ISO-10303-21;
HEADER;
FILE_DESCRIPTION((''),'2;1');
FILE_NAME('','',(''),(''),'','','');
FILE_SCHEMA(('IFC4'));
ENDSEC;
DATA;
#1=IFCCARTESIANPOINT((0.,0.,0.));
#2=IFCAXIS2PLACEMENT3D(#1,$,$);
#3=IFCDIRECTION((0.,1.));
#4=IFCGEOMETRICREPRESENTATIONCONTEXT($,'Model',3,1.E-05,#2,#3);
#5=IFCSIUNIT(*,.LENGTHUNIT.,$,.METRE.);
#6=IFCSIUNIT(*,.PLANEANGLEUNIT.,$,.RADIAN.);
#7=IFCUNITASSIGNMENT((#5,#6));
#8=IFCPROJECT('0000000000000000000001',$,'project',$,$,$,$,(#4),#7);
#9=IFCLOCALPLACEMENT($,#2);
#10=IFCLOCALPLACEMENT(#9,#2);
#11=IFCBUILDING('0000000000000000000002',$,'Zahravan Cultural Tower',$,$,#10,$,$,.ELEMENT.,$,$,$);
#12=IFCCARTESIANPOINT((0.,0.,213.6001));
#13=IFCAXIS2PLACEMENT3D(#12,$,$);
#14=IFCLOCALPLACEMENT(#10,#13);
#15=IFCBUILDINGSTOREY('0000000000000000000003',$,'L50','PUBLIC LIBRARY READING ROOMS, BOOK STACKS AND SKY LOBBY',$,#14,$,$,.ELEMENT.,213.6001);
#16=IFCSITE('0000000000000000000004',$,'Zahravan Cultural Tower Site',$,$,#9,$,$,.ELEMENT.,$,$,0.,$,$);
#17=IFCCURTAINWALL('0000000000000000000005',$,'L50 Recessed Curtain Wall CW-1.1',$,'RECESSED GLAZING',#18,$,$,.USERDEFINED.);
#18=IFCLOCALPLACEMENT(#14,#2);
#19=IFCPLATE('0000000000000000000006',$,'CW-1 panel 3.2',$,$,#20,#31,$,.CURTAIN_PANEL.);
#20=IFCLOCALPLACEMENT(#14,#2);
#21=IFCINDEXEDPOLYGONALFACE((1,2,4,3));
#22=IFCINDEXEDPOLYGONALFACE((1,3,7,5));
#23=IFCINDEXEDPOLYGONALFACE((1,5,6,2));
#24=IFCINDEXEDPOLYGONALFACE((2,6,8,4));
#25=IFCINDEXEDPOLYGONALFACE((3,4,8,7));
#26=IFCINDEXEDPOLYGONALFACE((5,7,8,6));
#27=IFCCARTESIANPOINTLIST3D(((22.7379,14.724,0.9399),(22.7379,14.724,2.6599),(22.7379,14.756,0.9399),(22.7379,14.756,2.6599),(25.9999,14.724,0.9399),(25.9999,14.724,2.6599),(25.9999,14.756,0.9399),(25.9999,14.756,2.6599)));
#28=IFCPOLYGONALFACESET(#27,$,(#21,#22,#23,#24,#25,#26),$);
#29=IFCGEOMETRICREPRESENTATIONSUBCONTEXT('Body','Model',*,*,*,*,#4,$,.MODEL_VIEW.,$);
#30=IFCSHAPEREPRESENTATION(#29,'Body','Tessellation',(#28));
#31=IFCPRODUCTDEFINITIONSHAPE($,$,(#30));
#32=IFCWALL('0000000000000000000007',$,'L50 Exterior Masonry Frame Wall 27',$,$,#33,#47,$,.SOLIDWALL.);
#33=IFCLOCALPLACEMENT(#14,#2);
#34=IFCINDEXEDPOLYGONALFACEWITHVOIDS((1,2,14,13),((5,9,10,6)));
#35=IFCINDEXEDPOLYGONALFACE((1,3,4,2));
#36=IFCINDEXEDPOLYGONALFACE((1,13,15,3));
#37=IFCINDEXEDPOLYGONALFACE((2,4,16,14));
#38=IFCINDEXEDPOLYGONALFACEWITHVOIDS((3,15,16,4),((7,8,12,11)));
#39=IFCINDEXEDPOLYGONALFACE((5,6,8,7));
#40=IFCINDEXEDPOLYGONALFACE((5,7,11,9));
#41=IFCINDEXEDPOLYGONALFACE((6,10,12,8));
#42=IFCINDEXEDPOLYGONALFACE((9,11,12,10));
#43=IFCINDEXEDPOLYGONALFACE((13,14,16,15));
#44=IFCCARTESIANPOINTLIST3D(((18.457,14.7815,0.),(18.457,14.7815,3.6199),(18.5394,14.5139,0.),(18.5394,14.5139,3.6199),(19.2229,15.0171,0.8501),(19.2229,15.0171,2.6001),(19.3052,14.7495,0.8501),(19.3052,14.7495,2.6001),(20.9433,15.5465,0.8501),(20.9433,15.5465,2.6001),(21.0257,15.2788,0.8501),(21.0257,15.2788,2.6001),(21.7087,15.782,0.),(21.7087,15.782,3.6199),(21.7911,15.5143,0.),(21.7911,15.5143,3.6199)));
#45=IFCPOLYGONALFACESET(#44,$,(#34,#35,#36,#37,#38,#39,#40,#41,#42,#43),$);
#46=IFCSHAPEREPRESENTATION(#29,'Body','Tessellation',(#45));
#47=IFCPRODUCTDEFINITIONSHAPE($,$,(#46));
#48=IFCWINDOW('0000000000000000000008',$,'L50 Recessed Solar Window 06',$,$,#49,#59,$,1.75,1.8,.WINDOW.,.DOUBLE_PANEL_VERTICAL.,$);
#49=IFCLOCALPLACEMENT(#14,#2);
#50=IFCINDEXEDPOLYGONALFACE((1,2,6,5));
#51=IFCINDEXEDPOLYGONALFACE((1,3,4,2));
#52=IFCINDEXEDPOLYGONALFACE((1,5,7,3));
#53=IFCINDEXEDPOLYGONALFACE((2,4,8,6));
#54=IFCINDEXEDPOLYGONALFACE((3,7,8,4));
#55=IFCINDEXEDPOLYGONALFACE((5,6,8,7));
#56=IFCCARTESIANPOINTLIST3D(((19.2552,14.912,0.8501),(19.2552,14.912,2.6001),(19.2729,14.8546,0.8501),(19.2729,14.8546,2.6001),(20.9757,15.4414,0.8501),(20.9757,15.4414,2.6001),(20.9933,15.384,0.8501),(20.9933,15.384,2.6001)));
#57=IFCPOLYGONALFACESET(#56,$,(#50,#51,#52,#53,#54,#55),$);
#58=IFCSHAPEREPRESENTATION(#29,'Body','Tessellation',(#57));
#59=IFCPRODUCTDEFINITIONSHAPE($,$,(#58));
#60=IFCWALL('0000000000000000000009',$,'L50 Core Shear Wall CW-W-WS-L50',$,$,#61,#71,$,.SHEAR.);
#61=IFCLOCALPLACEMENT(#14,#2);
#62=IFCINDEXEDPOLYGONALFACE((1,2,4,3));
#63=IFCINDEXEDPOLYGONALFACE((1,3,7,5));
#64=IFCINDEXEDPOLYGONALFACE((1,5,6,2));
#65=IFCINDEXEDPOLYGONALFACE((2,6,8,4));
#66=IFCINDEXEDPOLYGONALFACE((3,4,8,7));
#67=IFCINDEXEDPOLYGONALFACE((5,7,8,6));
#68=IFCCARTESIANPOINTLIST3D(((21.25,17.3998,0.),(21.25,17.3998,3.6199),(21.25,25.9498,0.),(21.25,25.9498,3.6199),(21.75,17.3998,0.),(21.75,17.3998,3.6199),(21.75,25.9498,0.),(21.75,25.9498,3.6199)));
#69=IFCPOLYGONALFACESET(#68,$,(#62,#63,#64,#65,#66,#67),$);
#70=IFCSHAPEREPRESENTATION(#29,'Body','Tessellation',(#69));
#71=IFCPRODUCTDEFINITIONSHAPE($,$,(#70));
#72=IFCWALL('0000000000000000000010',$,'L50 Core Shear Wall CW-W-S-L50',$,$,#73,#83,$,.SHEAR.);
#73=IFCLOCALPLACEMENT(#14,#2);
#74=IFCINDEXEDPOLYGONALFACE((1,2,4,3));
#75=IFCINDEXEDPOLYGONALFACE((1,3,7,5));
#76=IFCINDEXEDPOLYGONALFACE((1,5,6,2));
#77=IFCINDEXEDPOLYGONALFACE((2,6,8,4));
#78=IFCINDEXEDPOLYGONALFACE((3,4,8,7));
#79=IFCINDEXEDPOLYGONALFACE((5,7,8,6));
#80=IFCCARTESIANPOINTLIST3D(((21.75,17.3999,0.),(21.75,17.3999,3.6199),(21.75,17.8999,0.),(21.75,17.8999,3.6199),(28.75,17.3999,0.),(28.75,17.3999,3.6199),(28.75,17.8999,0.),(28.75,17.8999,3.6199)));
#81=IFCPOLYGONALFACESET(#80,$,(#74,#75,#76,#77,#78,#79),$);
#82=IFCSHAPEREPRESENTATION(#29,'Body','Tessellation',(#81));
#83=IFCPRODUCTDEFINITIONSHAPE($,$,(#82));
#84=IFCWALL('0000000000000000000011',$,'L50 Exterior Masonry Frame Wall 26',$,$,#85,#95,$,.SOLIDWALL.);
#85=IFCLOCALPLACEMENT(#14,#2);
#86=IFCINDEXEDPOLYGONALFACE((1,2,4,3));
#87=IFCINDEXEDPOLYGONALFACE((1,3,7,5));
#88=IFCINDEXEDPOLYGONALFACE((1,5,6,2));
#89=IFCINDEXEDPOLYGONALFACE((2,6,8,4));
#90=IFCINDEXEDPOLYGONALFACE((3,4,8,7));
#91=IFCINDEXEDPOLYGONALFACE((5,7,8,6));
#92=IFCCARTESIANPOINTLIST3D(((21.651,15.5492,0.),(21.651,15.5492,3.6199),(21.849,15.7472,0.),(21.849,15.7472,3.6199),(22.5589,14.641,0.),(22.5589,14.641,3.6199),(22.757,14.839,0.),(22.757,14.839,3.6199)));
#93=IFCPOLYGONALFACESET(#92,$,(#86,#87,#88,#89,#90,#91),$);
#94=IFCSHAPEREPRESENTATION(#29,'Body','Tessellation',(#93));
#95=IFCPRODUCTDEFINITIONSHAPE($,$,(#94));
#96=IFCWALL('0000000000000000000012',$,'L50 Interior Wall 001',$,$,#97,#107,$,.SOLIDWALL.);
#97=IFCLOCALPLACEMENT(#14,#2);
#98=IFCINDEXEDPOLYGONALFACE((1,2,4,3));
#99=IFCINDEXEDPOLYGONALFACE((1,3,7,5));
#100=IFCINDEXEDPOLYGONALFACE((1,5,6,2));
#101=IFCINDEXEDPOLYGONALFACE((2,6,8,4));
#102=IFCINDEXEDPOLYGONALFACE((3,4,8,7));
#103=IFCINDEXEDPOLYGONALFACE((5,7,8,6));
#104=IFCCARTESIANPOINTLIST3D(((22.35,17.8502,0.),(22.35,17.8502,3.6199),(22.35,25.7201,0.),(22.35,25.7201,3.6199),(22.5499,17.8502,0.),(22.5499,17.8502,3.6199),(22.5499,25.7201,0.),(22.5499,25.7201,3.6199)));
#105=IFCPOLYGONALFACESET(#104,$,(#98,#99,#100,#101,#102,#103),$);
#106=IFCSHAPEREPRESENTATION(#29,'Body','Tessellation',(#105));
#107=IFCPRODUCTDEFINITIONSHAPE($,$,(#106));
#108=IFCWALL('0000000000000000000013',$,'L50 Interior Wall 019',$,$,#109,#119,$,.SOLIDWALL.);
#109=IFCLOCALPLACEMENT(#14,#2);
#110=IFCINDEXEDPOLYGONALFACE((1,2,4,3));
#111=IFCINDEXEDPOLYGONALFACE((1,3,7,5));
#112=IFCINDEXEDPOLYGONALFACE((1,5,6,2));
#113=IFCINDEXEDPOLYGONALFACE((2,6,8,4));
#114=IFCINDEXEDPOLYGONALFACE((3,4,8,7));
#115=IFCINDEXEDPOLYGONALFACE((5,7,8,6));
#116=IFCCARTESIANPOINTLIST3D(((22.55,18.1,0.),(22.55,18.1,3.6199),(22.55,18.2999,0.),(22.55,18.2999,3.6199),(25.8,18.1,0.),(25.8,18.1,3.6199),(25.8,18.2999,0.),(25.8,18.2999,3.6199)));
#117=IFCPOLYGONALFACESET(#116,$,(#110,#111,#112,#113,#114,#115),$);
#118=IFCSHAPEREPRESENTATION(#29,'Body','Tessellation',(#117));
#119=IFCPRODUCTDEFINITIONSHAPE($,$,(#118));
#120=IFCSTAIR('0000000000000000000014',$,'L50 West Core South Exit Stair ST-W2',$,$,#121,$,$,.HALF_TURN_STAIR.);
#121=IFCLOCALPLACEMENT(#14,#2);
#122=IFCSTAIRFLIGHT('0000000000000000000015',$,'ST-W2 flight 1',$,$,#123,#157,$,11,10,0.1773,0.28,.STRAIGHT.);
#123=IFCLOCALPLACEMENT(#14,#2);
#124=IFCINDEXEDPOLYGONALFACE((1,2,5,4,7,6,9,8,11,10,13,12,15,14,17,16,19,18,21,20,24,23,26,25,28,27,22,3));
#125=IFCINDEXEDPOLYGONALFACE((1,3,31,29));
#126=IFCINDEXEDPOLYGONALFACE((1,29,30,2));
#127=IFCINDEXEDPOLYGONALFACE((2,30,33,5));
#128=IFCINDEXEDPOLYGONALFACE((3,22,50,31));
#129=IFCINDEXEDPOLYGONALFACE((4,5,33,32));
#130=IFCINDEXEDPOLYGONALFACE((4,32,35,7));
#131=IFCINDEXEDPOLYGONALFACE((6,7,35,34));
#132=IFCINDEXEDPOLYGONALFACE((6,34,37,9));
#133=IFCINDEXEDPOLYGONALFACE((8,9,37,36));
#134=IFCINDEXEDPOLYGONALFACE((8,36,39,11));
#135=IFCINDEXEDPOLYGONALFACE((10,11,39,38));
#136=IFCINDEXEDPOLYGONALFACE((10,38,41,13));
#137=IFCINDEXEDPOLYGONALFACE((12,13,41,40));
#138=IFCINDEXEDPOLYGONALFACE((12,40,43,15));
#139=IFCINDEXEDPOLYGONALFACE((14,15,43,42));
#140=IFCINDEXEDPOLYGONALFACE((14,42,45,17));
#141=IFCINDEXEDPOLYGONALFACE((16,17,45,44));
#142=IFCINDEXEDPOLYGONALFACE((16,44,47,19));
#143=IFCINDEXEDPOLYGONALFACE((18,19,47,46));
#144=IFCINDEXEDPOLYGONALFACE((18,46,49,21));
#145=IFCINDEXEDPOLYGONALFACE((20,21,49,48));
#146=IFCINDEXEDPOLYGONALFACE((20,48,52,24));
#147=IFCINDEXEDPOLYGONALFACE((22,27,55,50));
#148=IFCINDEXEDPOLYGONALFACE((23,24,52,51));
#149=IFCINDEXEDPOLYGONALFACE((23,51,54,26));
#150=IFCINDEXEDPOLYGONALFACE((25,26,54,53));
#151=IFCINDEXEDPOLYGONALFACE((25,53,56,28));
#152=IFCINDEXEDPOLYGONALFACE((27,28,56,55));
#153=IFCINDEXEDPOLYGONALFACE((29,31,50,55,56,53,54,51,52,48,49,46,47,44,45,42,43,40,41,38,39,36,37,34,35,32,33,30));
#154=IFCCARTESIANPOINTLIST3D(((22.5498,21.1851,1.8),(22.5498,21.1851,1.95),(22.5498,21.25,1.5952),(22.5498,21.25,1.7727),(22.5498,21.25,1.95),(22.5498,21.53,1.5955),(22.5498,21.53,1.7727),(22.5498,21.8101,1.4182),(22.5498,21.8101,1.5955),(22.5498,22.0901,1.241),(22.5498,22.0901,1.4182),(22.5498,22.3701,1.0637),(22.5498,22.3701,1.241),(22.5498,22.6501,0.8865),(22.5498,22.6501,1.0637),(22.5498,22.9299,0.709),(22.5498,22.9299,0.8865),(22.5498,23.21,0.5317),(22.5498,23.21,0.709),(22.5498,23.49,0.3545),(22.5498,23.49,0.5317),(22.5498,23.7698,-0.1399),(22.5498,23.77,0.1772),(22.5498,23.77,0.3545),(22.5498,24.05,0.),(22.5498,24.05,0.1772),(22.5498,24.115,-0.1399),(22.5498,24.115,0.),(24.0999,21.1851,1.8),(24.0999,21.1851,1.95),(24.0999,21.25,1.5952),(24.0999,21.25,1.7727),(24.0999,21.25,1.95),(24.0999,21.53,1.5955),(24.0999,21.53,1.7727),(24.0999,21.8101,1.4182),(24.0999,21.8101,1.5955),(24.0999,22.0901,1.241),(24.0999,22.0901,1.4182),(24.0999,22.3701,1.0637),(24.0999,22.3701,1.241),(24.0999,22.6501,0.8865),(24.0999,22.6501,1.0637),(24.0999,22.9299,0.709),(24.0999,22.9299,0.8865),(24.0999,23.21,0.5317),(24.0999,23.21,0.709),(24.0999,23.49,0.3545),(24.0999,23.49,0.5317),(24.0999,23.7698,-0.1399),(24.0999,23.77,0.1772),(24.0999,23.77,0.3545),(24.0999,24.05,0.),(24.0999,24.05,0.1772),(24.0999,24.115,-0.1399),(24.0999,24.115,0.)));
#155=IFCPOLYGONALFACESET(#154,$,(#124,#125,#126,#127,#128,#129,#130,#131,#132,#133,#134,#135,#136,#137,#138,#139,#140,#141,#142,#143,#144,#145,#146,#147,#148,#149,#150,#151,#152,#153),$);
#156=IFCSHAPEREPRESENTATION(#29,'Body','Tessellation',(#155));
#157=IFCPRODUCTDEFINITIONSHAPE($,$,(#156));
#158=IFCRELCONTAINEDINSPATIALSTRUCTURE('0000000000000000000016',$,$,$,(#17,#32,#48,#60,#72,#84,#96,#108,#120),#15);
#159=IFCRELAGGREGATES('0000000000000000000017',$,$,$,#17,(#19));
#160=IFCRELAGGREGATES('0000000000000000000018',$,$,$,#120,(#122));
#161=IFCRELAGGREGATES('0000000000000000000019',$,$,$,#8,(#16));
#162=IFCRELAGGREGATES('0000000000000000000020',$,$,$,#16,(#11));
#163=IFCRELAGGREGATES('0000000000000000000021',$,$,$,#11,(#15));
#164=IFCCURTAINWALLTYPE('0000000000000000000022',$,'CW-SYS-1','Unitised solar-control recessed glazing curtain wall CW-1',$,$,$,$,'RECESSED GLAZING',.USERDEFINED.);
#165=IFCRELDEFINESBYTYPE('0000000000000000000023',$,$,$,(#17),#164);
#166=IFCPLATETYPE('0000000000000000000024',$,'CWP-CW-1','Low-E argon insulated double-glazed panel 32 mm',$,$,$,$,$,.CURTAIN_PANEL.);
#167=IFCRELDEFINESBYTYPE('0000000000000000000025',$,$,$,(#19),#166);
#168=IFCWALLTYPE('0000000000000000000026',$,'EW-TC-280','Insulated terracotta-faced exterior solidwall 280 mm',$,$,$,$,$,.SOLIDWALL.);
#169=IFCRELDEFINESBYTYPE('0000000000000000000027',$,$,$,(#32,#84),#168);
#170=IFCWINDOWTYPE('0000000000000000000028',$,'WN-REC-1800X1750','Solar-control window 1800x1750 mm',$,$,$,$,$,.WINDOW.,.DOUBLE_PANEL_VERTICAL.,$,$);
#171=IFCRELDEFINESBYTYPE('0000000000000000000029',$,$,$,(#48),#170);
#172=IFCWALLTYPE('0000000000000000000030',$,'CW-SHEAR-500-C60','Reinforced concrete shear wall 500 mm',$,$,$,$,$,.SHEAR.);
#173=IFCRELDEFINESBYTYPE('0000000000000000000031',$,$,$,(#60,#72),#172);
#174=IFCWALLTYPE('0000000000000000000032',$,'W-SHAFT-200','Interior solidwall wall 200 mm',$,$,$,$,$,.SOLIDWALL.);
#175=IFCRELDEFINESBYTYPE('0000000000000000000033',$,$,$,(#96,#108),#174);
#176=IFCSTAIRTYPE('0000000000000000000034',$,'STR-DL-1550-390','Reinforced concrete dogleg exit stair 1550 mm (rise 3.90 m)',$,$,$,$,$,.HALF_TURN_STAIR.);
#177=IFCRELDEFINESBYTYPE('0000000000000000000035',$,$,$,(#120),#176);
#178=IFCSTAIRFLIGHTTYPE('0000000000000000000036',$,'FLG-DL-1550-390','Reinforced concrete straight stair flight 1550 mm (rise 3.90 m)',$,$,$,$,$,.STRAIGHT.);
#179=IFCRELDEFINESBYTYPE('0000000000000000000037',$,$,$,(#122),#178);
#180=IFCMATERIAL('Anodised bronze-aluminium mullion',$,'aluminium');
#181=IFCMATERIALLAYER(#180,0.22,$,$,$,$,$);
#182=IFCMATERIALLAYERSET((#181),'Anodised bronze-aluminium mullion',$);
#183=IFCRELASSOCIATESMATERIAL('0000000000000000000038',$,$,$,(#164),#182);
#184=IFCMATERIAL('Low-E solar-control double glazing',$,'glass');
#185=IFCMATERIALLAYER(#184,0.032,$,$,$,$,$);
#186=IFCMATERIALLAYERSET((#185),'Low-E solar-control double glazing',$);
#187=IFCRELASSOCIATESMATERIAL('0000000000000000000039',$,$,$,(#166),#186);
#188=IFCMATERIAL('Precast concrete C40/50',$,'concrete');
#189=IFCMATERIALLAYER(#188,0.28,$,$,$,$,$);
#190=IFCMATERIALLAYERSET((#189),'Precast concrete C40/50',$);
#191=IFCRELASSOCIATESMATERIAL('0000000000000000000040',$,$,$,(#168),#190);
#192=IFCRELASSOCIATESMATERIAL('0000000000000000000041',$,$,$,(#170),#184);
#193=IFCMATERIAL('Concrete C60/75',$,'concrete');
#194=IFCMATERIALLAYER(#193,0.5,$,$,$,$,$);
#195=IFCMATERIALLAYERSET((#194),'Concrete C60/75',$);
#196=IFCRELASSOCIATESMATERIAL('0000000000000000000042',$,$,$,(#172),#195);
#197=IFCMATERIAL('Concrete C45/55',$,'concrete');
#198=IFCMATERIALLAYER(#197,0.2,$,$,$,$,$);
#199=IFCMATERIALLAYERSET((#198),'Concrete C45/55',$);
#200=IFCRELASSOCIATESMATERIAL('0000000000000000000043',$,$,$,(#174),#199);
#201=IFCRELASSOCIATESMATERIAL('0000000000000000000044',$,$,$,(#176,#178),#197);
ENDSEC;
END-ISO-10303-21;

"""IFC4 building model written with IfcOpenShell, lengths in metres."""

from ifc_helpers import new_model, si_unit, direction, frame, frame_2d, origin, origin_2d, place, context, subcontext, project, spatial, polyline, rectangle, outline, extrude, source, transform, mapped, material, layer, layer_set, type_object, element, fill, aggregate, save


model = new_model("IFC4")

# Units and contexts
model_context = context("Model", 3, precision=1e-05, world=origin(), true_north=direction((0.0, 1.0)))
body_context = subcontext(model_context, "Body", "Model", "MODEL_VIEW")
ifc_project = project(units=[si_unit("LENGTHUNIT", "METRE"), si_unit("PLANEANGLEUNIT", "RADIAN")], contexts=[model_context])

# Site, building, storey
site_placement = place(None, origin())
site = spatial("IfcSite", under=ifc_project, at=site_placement, Name="Zahravan Cultural Tower Site", CompositionType="ELEMENT", RefElevation=0.0)
building_placement = place(site_placement, origin())
building = spatial("IfcBuilding", under=site, at=building_placement, Name="Zahravan Cultural Tower", CompositionType="ELEMENT")
storey_placement = place(building_placement, frame((0.0, 0.0, 213.6001)))
storey = spatial("IfcBuildingStorey", under=building, at=storey_placement, Name="L50", Description="PUBLIC LIBRARY READING ROOMS, BOOK STACKS AND SKY LOBBY", CompositionType="ELEMENT", Elevation=213.6001)

# Curtain wall, plate
ifc_material_1 = material(Name="Anodised bronze-aluminium mullion", Category="aluminium")
ifc_layer_1 = layer(ifc_material_1, 0.22)
ifc_layer_set_1 = layer_set([ifc_layer_1], Name="Anodised bronze-aluminium mullion")
curtain_wall_type = type_object("IfcCurtainWallType", Name="CW-SYS-1", Description="Unitised solar-control recessed glazing curtain wall CW-1", ElementType="RECESSED GLAZING", PredefinedType="USERDEFINED", material=ifc_layer_set_1)
curtain_wall_placement = place(storey_placement, origin())
curtain_wall = element("IfcCurtainWall", 1, at=curtain_wall_placement, inside=storey, type_object=curtain_wall_type, Name="L50 Recessed Curtain Wall CW-1.1", ObjectType="RECESSED GLAZING", PredefinedType="USERDEFINED")
ifc_material_2 = material(Name="Low-E solar-control double glazing", Category="glass")
ifc_layer_2 = layer(ifc_material_2, 0.032)
ifc_layer_set_2 = layer_set([ifc_layer_2], Name="Low-E solar-control double glazing")
plate_type = type_object("IfcPlateType", Name="CWP-CW-1", Description="Low-E argon insulated double-glazed panel 32 mm", PredefinedType="CURTAIN_PANEL", material=ifc_layer_set_2)
shared_shape_1 = source(origin(), body_context, "Body", "SweptSolid", [
    extrude(rectangle(XDim=3.262, YDim=0.032, at=origin_2d()), origin(), (0.0, 0.0, 1.0), 1.72),
])
plate_1_placement = place(storey_placement, frame((24.3689, 14.74, 0.9399), z_axis=(0.0, 0.0, 1.0), x_axis=(-1.0, 0.0, 0.0)))
plate_1 = element("IfcPlate", 2, at=plate_1_placement, type_object=plate_type, Name="CW-1 panel 3.2", PredefinedType="CURTAIN_PANEL", context=body_context, shape_type="MappedRepresentation", body=[
    mapped(shared_shape_1, transform((0.0, 0.0, 0.0), x_axis=(1.0, 0.0, 0.0), y_axis=(0.0, 1.0, 0.0), z_axis=(0.0, 0.0, 1.0), scale=1.0)),
])
aggregate(curtain_wall, [plate_1])

# Wall, opening, window
ifc_material_3 = material(Name="Precast concrete C40/50", Category="concrete")
ifc_layer_3 = layer(ifc_material_3, 0.28)
ifc_layer_set_3 = layer_set([ifc_layer_3], Name="Precast concrete C40/50")
wall_type_1 = type_object("IfcWallType", Name="EW-TC-280", Description="Insulated terracotta-faced exterior solidwall 280 mm", PredefinedType="SOLIDWALL", material=ifc_layer_set_3)
wall_1_placement = place(storey_placement, frame((21.75, 15.6482, 0.0), z_axis=(0.0, 0.0, 1.0), x_axis=(-0.955782, -0.294076, 0.0)))
wall_1 = element("IfcWall", 3, at=wall_1_placement, inside=storey, type_object=wall_type_1, Name="L50 Exterior Masonry Frame Wall 27", PredefinedType="SOLIDWALL", context=body_context, shape_type="SweptSolid", body=[
    extrude(rectangle(XDim=3.4021, YDim=0.28, at=frame_2d((1.7012, 0.0))), origin(), (0.0, 0.0, 1.0), 3.6199),
])
opening_placement = place(wall_1_placement, frame((0.801, 0.0, 0.8501)))
opening = element("IfcOpeningElement", 4, at=opening_placement, cuts=wall_1, PredefinedType="OPENING", context=body_context, shape_type="SweptSolid", body=[
    extrude(rectangle(XDim=1.8, YDim=1.75, at=frame_2d((0.8999, 0.875))), frame((0.0, 0.1499, 0.0), z_axis=(0.0, -1.0, 0.0), x_axis=(1.0, 0.0, 0.0)), (0.0, 0.0, 1.0), 0.3),
])
window_type = type_object("IfcWindowType", Name="WN-REC-1800X1750", Description="Solar-control window 1800x1750 mm", PartitioningType="DOUBLE_PANEL_VERTICAL", PredefinedType="WINDOW", material=ifc_material_2)
shared_shape_2 = source(origin(), body_context, "Body", "SweptSolid", [
    extrude(rectangle(XDim=1.8, YDim=1.75, at=frame_2d((0.8999, 0.875))), frame((0.0, 0.03, 0.0), z_axis=(0.0, -1.0, 0.0), x_axis=(1.0, 0.0, 0.0)), (0.0, 0.0, 1.0), 0.0601),
])
window_placement = place(opening_placement, origin())
window = element("IfcWindow", 5, at=window_placement, inside=storey, type_object=window_type, Name="L50 Recessed Solar Window 06", OverallHeight=1.75, OverallWidth=1.8, PartitioningType="DOUBLE_PANEL_VERTICAL", PredefinedType="WINDOW", context=body_context, shape_type="MappedRepresentation", body=[
    mapped(shared_shape_2, transform((0.0, 0.0, 0.0), x_axis=(1.0, 0.0, 0.0), y_axis=(0.0, 1.0, 0.0), z_axis=(0.0, 0.0, 1.0), scale=1.0)),
])
fill(opening, window)

# Walls
ifc_material_4 = material(Name="Concrete C60/75", Category="concrete")
ifc_layer_4 = layer(ifc_material_4, 0.5)
ifc_layer_set_4 = layer_set([ifc_layer_4], Name="Concrete C60/75")
wall_type_2 = type_object("IfcWallType", Name="CW-SHEAR-500-C60", Description="Reinforced concrete shear wall 500 mm", PredefinedType="SHEAR", material=ifc_layer_set_4)
shared_shape_3 = source(origin(), body_context, "Body", "SweptSolid", [
    extrude(rectangle(XDim=8.55, YDim=0.5, at=frame_2d((4.2749, 0.0))), origin(), (0.0, 0.0, 1.0), 3.6199),
])
wall_2_placement = place(storey_placement, frame((21.5, 17.3999, 0.0), z_axis=(0.0, 0.0, 1.0), x_axis=(0.0, 1.0, 0.0)))
element("IfcWall", 6, at=wall_2_placement, inside=storey, type_object=wall_type_2, Name="L50 Core Shear Wall CW-W-WS-L50", PredefinedType="SHEAR", context=body_context, shape_type="MappedRepresentation", body=[
    mapped(shared_shape_3, transform((0.0, 0.0, 0.0), x_axis=(1.0, 0.0, 0.0), y_axis=(0.0, 1.0, 0.0), z_axis=(0.0, 0.0, 1.0), scale=1.0)),
])
shared_shape_4 = source(origin(), body_context, "Body", "SweptSolid", [
    extrude(rectangle(XDim=7.0, YDim=0.5, at=frame_2d((3.5, 0.0))), origin(), (0.0, 0.0, 1.0), 3.6199),
])
wall_3_placement = place(storey_placement, frame((21.75, 17.6499, 0.0), z_axis=(0.0, 0.0, 1.0), x_axis=(1.0, 0.0, 0.0)))
element("IfcWall", 7, at=wall_3_placement, inside=storey, type_object=wall_type_2, Name="L50 Core Shear Wall CW-W-S-L50", PredefinedType="SHEAR", context=body_context, shape_type="MappedRepresentation", body=[
    mapped(shared_shape_4, transform((0.0, 0.0, 0.0), x_axis=(1.0, 0.0, 0.0), y_axis=(0.0, 1.0, 0.0), z_axis=(0.0, 0.0, 1.0), scale=1.0)),
])
shared_shape_5 = source(origin(), body_context, "Body", "SweptSolid", [
    extrude(rectangle(XDim=1.2842, YDim=0.28, at=frame_2d((0.6421, 0.0))), origin(), (0.0, 0.0, 1.0), 3.6199),
])
wall_4_placement = place(storey_placement, frame((22.658, 14.74, 0.0), z_axis=(0.0, 0.0, 1.0), x_axis=(-0.707012, 0.707202, 0.0)))
element("IfcWall", 8, at=wall_4_placement, inside=storey, type_object=wall_type_1, Name="L50 Exterior Masonry Frame Wall 26", PredefinedType="SOLIDWALL", context=body_context, shape_type="MappedRepresentation", body=[
    mapped(shared_shape_5, transform((0.0, 0.0, 0.0), x_axis=(1.0, 0.0, 0.0), y_axis=(0.0, 1.0, 0.0), z_axis=(0.0, 0.0, 1.0), scale=1.0)),
])
ifc_material_5 = material(Name="Concrete C45/55", Category="concrete")
ifc_layer_5 = layer(ifc_material_5, 0.2)
ifc_layer_set_5 = layer_set([ifc_layer_5], Name="Concrete C45/55")
wall_type_3 = type_object("IfcWallType", Name="W-SHAFT-200", Description="Interior solidwall wall 200 mm", PredefinedType="SOLIDWALL", material=ifc_layer_set_5)
shared_shape_6 = source(origin(), body_context, "Body", "SweptSolid", [
    extrude(rectangle(XDim=7.8699, YDim=0.2, at=frame_2d((3.9351, 0.0))), origin(), (0.0, 0.0, 1.0), 3.6199),
])
wall_5_placement = place(storey_placement, frame((22.45, 17.8501, 0.0), z_axis=(0.0, 0.0, 1.0), x_axis=(0.0, 1.0, 0.0)))
element("IfcWall", 9, at=wall_5_placement, inside=storey, type_object=wall_type_3, Name="L50 Interior Wall 001", PredefinedType="SOLIDWALL", context=body_context, shape_type="MappedRepresentation", body=[
    mapped(shared_shape_6, transform((0.0, 0.0, 0.0), x_axis=(1.0, 0.0, 0.0), y_axis=(0.0, 1.0, 0.0), z_axis=(0.0, 0.0, 1.0), scale=1.0)),
])
shared_shape_7 = source(origin(), body_context, "Body", "SweptSolid", [
    extrude(rectangle(XDim=3.25, YDim=0.2, at=frame_2d((1.625, 0.0))), origin(), (0.0, 0.0, 1.0), 3.6199),
])
wall_6_placement = place(storey_placement, frame((22.55, 18.2, 0.0), z_axis=(0.0, 0.0, 1.0), x_axis=(1.0, 0.0, 0.0)))
element("IfcWall", 10, at=wall_6_placement, inside=storey, type_object=wall_type_3, Name="L50 Interior Wall 019", PredefinedType="SOLIDWALL", context=body_context, shape_type="MappedRepresentation", body=[
    mapped(shared_shape_7, transform((0.0, 0.0, 0.0), x_axis=(1.0, 0.0, 0.0), y_axis=(0.0, 1.0, 0.0), z_axis=(0.0, 0.0, 1.0), scale=1.0)),
])

# Stair, stair flight
stair_type = type_object("IfcStairType", Name="STR-DL-1550-390", Description="Reinforced concrete dogleg exit stair 1550 mm (rise 3.90 m)", PredefinedType="HALF_TURN_STAIR", material=ifc_material_5)
stair_placement = place(storey_placement, origin())
stair = element("IfcStair", 11, at=stair_placement, inside=storey, type_object=stair_type, Name="L50 West Core South Exit Stair ST-W2", PredefinedType="HALF_TURN_STAIR")
stair_flight_type = type_object("IfcStairFlightType", Name="FLG-DL-1550-390", Description="Reinforced concrete straight stair flight 1550 mm (rise 3.90 m)", PredefinedType="STRAIGHT", material=ifc_material_5)
stair_flight_placement = place(storey_placement, frame((23.325, 24.05, 0.0), z_axis=(0.0, 0.0, 1.0), x_axis=(0.0, -1.0, 0.0)))
stair_flight = element("IfcStairFlight", 12, at=stair_flight_placement, type_object=stair_flight_type, Name="ST-W2 flight 1", NumberOfRisers=11, NumberOfTreads=10, PredefinedType="STRAIGHT", RiserHeight=0.1773, TreadLength=0.28, context=body_context, shape_type="SweptSolid", body=[
    extrude(outline(polyline([(-0.0649, -0.1399), (-0.0649, 0.0), (0.0, 0.0), (0.0, 0.1772), (0.28, 0.1772), (0.28, 0.3545), (0.5601, 0.3545), (0.5601, 0.5317), (0.8401, 0.5317), (0.8401, 0.709), (1.1201, 0.709), (1.1201, 0.8865), (1.3999, 0.8865), (1.3999, 1.0637), (1.6799, 1.0637), (1.6799, 1.241), (1.96, 1.241), (1.96, 1.4182), (2.24, 1.4182), (2.24, 1.5955), (2.52, 1.5955), (2.52, 1.7727), (2.8, 1.7727), (2.8, 1.95), (2.865, 1.95), (2.865, 1.8), (2.8, 1.5952), (0.2803, -0.1399), (-0.0649, -0.1399)])), frame((0.0, 0.7749, 0.0), z_axis=(0.0, -1.0, 0.0), x_axis=(1.0, 0.0, 0.0)), (0.0, 0.0, 1.0), 1.55),
])
aggregate(stair, [stair_flight])

save(model, "model.ifc")
